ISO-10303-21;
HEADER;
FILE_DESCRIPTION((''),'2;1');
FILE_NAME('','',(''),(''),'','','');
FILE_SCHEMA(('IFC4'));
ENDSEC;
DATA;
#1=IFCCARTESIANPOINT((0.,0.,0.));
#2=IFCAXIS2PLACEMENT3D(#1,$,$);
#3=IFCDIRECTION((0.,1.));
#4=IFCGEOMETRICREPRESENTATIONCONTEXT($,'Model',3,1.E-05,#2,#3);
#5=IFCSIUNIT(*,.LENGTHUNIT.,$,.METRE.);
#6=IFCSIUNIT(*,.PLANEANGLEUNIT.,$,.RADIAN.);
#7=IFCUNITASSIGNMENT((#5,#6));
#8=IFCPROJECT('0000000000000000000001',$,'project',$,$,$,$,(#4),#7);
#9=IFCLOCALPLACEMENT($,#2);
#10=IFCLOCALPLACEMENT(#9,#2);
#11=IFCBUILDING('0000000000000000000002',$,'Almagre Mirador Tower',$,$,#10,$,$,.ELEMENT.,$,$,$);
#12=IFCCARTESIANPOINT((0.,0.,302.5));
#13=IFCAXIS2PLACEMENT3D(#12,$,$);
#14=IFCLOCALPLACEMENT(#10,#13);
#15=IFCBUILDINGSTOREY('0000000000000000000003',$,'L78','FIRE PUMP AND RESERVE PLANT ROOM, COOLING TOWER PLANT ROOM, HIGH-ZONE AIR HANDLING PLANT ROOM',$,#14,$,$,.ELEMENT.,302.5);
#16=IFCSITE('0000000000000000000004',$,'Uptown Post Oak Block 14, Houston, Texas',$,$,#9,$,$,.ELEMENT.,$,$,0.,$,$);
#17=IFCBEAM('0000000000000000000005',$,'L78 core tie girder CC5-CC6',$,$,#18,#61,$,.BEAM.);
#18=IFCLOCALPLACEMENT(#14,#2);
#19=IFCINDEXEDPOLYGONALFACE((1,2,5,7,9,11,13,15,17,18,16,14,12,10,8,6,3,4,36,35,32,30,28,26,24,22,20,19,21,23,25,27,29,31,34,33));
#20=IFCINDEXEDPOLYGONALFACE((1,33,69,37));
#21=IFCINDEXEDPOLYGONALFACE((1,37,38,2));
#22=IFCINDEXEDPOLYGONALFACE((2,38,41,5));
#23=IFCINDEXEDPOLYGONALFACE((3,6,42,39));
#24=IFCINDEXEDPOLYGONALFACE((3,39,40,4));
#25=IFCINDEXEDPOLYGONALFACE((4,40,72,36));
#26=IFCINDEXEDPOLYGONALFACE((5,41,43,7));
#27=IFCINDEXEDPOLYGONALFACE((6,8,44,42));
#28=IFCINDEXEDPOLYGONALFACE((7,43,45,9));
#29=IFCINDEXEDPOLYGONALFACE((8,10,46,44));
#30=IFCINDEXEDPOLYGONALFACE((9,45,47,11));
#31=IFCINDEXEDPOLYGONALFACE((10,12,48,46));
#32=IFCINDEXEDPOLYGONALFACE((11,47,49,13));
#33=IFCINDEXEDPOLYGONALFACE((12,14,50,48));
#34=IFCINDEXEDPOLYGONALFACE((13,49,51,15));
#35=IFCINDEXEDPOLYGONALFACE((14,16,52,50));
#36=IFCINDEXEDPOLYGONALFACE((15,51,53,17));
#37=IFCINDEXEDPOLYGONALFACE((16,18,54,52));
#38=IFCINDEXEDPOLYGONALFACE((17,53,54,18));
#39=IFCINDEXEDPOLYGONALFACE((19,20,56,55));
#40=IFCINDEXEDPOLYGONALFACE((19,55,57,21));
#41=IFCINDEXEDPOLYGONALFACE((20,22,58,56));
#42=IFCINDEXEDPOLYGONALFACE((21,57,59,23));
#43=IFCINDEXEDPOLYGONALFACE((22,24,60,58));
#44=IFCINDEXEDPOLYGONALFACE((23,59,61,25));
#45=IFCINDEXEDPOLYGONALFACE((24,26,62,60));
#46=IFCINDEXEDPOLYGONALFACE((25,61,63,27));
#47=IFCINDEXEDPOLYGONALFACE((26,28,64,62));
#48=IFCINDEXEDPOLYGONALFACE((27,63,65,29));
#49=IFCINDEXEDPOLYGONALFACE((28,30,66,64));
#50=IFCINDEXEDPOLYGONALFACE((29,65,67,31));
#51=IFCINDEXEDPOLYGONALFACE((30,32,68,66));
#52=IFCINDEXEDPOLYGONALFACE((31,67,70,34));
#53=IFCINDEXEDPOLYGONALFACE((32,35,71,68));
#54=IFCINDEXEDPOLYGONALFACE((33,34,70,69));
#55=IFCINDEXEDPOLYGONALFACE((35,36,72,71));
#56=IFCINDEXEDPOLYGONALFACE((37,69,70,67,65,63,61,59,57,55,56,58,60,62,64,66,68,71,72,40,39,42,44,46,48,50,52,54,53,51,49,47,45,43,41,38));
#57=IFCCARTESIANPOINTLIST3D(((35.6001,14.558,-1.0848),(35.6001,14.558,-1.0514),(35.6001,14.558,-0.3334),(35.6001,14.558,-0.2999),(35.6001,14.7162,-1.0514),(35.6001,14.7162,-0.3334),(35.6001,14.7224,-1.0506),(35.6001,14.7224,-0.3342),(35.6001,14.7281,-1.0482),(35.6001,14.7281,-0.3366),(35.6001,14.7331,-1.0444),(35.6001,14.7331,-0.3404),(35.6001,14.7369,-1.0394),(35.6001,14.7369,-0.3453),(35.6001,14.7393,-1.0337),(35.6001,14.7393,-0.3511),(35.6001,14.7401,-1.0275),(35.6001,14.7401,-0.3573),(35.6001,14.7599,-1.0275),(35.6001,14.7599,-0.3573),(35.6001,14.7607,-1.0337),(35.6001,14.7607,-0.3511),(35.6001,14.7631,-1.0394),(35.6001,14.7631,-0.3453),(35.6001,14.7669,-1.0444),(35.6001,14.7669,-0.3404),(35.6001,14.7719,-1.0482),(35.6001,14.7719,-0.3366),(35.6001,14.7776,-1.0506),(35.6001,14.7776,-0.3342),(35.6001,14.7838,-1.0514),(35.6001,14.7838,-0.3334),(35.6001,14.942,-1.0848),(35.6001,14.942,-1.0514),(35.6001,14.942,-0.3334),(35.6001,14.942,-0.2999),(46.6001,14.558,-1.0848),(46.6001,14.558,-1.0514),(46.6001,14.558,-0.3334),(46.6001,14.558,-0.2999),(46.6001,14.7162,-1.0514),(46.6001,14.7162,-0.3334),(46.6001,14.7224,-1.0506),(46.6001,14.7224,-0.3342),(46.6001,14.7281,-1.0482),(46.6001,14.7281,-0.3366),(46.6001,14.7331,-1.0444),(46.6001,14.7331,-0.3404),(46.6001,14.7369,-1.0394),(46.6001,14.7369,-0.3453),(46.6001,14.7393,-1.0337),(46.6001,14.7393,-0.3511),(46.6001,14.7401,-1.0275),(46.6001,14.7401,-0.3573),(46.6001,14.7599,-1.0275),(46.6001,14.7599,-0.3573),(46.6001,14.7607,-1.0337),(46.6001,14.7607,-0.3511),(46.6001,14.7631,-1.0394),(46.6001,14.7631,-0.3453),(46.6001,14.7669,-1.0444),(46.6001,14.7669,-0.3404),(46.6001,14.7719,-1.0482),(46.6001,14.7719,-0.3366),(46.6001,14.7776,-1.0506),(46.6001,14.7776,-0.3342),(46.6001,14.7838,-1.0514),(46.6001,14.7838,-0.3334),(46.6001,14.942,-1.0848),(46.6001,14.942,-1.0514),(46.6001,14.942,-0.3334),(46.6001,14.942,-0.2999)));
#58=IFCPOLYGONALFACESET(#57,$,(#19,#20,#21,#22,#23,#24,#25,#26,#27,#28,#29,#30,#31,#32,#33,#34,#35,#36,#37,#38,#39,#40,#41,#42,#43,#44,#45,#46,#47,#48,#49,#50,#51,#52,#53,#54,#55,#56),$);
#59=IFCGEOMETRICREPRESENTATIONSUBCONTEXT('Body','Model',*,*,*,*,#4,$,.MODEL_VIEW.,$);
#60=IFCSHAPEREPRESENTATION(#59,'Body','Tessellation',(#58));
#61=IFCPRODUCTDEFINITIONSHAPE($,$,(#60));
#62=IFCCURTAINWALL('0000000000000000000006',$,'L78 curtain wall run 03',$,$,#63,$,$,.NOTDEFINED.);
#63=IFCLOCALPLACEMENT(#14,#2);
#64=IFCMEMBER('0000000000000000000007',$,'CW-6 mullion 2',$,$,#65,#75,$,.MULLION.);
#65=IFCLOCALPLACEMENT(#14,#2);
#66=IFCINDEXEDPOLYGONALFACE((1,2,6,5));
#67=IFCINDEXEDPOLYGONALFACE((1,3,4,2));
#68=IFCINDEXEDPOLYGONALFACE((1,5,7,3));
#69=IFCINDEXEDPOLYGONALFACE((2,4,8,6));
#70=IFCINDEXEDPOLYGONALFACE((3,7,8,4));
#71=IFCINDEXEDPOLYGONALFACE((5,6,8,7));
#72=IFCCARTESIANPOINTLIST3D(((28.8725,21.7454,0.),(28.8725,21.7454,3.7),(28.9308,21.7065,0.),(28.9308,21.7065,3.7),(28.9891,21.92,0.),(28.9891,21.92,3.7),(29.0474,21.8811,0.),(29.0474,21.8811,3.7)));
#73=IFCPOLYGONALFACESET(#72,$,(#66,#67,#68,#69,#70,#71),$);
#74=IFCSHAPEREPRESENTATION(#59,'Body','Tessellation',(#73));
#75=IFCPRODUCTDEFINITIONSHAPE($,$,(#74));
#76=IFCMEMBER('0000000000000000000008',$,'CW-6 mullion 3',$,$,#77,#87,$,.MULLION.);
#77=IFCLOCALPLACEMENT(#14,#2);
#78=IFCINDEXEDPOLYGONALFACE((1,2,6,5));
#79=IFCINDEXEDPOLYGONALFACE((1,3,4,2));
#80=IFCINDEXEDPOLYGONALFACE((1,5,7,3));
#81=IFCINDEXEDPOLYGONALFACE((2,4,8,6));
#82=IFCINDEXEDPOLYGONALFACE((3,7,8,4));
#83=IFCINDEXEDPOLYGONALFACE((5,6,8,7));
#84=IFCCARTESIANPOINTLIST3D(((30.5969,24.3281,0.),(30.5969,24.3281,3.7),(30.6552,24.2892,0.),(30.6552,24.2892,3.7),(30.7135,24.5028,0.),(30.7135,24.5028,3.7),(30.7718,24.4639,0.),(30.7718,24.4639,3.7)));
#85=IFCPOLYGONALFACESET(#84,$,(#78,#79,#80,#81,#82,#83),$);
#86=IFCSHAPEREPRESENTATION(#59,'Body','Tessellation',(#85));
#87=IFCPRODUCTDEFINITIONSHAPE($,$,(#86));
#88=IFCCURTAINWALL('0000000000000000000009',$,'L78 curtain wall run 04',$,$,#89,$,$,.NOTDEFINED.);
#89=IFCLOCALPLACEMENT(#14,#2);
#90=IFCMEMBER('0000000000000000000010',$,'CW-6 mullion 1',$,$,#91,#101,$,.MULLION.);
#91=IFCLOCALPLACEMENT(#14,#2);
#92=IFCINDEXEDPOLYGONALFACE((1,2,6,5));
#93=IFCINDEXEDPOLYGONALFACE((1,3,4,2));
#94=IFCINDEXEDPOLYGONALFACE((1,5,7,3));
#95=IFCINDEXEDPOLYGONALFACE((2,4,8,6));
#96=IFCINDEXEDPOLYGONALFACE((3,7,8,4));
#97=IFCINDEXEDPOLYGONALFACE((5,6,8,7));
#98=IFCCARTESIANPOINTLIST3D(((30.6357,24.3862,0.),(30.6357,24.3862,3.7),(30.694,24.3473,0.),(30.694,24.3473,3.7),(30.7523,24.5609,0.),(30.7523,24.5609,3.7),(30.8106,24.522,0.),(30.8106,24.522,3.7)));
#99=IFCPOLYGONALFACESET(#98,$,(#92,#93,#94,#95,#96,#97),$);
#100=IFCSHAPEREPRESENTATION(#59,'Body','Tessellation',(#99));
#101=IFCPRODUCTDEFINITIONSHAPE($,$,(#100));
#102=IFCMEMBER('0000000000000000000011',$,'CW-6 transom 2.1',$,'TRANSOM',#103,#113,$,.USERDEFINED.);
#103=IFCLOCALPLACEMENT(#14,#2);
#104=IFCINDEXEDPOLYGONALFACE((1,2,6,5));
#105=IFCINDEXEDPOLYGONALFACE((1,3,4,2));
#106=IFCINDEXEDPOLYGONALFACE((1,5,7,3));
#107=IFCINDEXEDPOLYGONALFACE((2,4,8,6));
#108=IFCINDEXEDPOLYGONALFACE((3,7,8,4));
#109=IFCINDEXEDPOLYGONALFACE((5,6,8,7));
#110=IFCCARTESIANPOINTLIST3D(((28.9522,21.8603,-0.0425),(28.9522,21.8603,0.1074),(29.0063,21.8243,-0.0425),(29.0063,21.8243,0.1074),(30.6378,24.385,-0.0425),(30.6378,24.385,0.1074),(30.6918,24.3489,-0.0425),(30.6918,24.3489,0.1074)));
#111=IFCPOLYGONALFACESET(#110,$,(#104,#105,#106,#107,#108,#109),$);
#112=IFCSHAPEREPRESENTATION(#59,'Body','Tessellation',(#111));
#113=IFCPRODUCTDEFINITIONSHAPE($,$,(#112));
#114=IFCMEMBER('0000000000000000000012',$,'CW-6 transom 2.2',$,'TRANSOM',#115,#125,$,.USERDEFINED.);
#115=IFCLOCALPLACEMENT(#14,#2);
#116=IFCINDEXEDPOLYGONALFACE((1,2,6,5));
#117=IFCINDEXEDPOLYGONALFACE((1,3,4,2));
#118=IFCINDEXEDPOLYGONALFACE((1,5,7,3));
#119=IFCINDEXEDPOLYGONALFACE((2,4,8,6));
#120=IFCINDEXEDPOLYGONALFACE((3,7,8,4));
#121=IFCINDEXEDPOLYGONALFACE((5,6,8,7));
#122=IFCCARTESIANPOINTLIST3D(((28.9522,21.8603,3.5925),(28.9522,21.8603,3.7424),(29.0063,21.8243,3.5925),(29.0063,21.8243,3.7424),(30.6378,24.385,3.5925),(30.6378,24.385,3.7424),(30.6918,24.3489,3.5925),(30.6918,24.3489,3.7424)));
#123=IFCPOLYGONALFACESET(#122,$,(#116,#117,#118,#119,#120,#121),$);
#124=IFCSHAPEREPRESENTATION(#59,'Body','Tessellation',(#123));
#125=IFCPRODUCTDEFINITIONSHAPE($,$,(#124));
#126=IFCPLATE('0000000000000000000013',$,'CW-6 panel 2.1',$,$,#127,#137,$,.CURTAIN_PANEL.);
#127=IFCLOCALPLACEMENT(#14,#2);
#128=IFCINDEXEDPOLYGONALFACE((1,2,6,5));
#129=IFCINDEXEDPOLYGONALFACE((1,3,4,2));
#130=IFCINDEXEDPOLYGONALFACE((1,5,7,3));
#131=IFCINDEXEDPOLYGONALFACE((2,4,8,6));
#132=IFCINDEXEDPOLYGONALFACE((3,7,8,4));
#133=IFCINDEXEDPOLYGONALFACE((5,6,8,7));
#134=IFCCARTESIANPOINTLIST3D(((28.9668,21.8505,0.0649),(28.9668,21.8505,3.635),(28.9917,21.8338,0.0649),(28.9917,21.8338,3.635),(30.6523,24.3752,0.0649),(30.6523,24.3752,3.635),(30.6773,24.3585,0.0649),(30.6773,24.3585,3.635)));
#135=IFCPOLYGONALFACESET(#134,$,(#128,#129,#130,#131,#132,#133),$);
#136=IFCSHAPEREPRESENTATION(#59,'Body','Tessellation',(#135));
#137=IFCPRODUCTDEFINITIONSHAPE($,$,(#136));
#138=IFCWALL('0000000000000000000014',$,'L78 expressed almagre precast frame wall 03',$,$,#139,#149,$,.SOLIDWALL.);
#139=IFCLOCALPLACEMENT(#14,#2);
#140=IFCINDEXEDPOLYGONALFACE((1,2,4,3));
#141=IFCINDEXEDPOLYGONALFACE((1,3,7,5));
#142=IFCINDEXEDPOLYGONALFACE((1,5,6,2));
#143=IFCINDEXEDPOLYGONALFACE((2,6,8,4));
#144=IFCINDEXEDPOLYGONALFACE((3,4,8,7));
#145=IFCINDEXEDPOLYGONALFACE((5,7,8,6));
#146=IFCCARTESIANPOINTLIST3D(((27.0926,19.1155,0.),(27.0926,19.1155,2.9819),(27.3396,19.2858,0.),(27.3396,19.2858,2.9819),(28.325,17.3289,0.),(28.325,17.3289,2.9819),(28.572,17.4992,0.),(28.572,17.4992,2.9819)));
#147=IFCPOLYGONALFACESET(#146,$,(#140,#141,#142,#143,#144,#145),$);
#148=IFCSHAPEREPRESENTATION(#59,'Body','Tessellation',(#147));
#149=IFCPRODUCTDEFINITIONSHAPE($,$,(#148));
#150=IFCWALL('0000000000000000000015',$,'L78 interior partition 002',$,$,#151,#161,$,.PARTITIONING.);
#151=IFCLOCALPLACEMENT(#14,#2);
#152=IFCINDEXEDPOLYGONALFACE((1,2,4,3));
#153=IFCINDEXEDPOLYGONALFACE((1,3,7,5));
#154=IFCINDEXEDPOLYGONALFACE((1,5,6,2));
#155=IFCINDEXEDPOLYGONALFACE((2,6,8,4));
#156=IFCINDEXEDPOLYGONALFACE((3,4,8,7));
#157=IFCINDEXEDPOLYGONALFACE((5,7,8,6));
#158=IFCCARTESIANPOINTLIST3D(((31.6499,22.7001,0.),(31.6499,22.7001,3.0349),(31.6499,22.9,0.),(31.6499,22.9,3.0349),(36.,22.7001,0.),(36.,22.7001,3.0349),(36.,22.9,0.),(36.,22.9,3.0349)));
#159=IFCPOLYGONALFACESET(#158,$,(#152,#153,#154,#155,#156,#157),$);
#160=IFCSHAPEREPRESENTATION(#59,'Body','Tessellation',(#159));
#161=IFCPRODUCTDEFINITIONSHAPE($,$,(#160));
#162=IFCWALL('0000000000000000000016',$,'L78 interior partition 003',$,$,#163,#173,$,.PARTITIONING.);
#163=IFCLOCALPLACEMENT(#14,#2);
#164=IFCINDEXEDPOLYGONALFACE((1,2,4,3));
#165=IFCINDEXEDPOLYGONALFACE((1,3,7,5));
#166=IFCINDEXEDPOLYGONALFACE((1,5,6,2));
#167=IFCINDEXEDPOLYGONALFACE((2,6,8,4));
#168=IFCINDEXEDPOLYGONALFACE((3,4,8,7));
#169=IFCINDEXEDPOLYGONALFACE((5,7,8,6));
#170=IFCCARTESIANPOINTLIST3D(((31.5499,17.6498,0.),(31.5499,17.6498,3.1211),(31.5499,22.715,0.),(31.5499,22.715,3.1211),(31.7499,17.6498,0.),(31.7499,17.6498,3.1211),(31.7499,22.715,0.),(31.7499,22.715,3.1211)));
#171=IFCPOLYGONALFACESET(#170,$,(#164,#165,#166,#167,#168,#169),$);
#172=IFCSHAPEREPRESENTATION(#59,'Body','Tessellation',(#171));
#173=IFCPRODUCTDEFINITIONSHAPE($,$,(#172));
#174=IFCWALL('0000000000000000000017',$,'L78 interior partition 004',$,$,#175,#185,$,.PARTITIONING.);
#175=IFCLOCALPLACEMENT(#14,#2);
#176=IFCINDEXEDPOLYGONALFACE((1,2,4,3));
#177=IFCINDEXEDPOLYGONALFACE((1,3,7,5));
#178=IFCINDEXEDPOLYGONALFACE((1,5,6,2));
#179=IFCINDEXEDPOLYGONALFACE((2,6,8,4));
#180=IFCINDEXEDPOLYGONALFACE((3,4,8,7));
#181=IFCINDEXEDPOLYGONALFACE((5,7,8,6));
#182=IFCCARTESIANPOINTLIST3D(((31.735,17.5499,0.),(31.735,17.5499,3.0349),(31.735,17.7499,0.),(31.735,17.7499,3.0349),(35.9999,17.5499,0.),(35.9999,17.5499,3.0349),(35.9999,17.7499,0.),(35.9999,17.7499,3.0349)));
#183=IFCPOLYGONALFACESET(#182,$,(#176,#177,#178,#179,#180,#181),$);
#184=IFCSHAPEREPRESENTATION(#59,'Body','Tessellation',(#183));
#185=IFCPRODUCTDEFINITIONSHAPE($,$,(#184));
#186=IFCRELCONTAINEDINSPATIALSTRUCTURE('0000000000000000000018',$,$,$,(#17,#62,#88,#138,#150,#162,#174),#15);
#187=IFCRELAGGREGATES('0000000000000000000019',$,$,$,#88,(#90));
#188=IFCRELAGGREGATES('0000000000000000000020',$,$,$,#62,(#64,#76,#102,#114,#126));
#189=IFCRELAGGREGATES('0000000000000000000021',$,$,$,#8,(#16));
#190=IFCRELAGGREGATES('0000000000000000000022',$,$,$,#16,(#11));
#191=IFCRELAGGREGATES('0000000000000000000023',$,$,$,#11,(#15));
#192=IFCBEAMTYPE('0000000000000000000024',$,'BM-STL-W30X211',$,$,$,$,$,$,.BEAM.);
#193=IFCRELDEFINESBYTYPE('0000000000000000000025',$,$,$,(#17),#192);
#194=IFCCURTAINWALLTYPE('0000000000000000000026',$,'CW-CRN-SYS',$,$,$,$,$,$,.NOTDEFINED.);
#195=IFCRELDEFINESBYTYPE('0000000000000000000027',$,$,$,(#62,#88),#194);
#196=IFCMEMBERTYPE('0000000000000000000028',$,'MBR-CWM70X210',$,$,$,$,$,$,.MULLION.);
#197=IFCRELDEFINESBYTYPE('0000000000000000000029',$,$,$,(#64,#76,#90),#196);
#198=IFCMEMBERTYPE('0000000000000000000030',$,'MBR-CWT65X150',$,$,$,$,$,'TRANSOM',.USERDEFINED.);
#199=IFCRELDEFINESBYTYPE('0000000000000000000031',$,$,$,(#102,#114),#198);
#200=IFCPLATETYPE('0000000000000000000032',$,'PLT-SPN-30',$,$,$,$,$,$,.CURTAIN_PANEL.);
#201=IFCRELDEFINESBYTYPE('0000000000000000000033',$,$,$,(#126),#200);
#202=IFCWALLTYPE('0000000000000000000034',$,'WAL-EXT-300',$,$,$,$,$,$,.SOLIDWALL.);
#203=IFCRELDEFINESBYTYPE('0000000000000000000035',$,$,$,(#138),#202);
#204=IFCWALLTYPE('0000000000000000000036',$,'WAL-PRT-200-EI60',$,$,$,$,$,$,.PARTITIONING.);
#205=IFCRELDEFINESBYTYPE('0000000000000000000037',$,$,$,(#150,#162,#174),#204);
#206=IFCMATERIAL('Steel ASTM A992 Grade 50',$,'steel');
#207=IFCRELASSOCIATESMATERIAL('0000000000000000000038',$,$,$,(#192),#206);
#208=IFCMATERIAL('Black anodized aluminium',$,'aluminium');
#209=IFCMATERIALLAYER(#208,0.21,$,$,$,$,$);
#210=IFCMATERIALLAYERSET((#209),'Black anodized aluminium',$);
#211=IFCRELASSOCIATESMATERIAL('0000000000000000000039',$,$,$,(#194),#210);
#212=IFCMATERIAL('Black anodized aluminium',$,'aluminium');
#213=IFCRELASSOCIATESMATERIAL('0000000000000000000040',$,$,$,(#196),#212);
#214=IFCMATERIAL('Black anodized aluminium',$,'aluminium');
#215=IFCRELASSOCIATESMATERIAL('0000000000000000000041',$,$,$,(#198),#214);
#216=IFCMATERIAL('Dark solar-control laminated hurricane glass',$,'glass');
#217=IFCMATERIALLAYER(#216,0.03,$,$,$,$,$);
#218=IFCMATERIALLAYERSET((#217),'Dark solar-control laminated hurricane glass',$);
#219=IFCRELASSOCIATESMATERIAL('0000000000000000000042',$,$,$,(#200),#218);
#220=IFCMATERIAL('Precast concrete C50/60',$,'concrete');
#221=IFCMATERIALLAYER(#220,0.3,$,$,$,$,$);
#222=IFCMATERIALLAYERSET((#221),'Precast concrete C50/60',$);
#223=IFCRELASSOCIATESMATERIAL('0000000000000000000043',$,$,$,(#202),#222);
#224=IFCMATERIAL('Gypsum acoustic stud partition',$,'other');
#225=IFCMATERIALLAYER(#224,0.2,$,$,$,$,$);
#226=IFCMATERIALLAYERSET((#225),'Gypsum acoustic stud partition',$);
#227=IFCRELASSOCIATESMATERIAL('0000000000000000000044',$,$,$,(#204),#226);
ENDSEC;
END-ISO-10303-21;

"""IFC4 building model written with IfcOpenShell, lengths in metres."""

from ifc_helpers import new_model, si_unit, direction, frame, frame_2d, origin, origin_2d, place, context, subcontext, project, spatial, rectangle, i_section, extrude, material, layer, layer_set, material_profile, profile_set, type_object, element, aggregate, save


model = new_model("IFC4")

# Units and contexts
model_context = context("Model", 3, precision=1e-05, world=origin(), true_north=direction((0.0, 1.0)))
body_context = subcontext(model_context, "Body", "Model", "MODEL_VIEW")
ifc_project = project(units=[si_unit("LENGTHUNIT", "METRE"), si_unit("PLANEANGLEUNIT", "RADIAN")], contexts=[model_context])

# Site, building, storey
site_placement = place(None, origin())
site = spatial("IfcSite", under=ifc_project, at=site_placement, Name="Uptown Post Oak Block 14, Houston, Texas", CompositionType="ELEMENT", RefElevation=0.0)
building_placement = place(site_placement, origin())
building = spatial("IfcBuilding", under=site, at=building_placement, Name="Almagre Mirador Tower", CompositionType="ELEMENT")
storey_placement = place(building_placement, frame((0.0, 0.0, 302.5)))
storey = spatial("IfcBuildingStorey", under=building, at=storey_placement, Name="L78", Description="FIRE PUMP AND RESERVE PLANT ROOM, COOLING TOWER PLANT ROOM, HIGH-ZONE AIR HANDLING PLANT ROOM", CompositionType="ELEMENT", Elevation=302.5)

# Beam
ifc_material_1 = material(Name="Steel ASTM A992 Grade 50", Category="steel")
ifc_material_profile_1 = material_profile(ifc_material_1, i_section(OverallWidth=0.384, OverallDepth=0.7849, WebThickness=0.0198, FlangeThickness=0.0334, FilletRadius=0.0239, at=origin_2d()), Name="W30X211")
ifc_profile_set_1 = profile_set([ifc_material_profile_1], Name="Steel ASTM A992 Grade 50")
beam_type_1 = type_object("IfcBeamType", Name="BM-STL-W30X211", PredefinedType="BEAM", material=ifc_profile_set_1)
beam_1_placement = place(storey_placement, frame((35.6001, 14.75, -0.6924), z_axis=(1.0, 0.0, 0.0), x_axis=(0.0, 1.0, 0.0)))
element("IfcBeam", 1, at=beam_1_placement, inside=storey, type_object=beam_type_1, Name="L78 core tie girder CC5-CC6", PredefinedType="BEAM", context=body_context, shape_type="SweptSolid", body=[
    extrude(i_section(OverallWidth=0.384, OverallDepth=0.7849, WebThickness=0.0198, FlangeThickness=0.0334, FilletRadius=0.0239, at=origin_2d()), origin(), (0.0, 0.0, 1.0), 11.0),
])

# Curtain wall, members
ifc_material_2 = material(Name="Black anodized aluminium", Category="aluminium")
ifc_layer_1 = layer(ifc_material_2, 0.21)
ifc_layer_set_1 = layer_set([ifc_layer_1], Name="Black anodized aluminium")
curtain_wall_type = type_object("IfcCurtainWallType", Name="CW-CRN-SYS", PredefinedType="NOTDEFINED", material=ifc_layer_set_1)
curtain_wall_1_placement = place(storey_placement, origin())
curtain_wall_1 = element("IfcCurtainWall", 2, at=curtain_wall_1_placement, inside=storey, type_object=curtain_wall_type, Name="L78 curtain wall run 03", PredefinedType="NOTDEFINED")
ifc_material_3 = material(Name="Black anodized aluminium", Category="aluminium")
ifc_material_profile_2 = material_profile(ifc_material_3, rectangle(XDim=0.0701, YDim=0.21, at=origin_2d()), Name="CWM70X210")
ifc_profile_set_2 = profile_set([ifc_material_profile_2], Name="Black anodized aluminium")
member_type_1 = type_object("IfcMemberType", Name="MBR-CWM70X210", PredefinedType="MULLION", material=ifc_profile_set_2)
member_1_placement = place(storey_placement, frame((28.96, 21.8132, 0.0), z_axis=(0.0, 0.0, 1.0), x_axis=(-0.831683, 0.555251, 0.0)))
member_1 = element("IfcMember", 3, at=member_1_placement, type_object=member_type_1, Name="CW-6 mullion 2", PredefinedType="MULLION", context=body_context, shape_type="SweptSolid", body=[
    extrude(rectangle(XDim=0.0701, YDim=0.21, at=origin_2d()), origin(), (0.0, 0.0, 1.0), 3.7),
])
member_2_placement = place(storey_placement, frame((30.6843, 24.396, 0.0), z_axis=(0.0, 0.0, 1.0), x_axis=(-0.831683, 0.555251, 0.0)))
member_2 = element("IfcMember", 4, at=member_2_placement, type_object=member_type_1, Name="CW-6 mullion 3", PredefinedType="MULLION", context=body_context, shape_type="SweptSolid", body=[
    extrude(rectangle(XDim=0.0701, YDim=0.21, at=origin_2d()), origin(), (0.0, 0.0, 1.0), 3.7),
])

# Curtain wall, member
curtain_wall_2_placement = place(storey_placement, origin())
curtain_wall_2 = element("IfcCurtainWall", 5, at=curtain_wall_2_placement, inside=storey, type_object=curtain_wall_type, Name="L78 curtain wall run 04", PredefinedType="NOTDEFINED")
member_3_placement = place(storey_placement, frame((30.7231, 24.4541, 0.0), z_axis=(0.0, 0.0, 1.0), x_axis=(-0.831678, 0.555259, 0.0)))
member_3 = element("IfcMember", 6, at=member_3_placement, type_object=member_type_1, Name="CW-6 mullion 1", PredefinedType="MULLION", context=body_context, shape_type="SweptSolid", body=[
    extrude(rectangle(XDim=0.0701, YDim=0.21, at=origin_2d()), origin(), (0.0, 0.0, 1.0), 3.7),
])
aggregate(curtain_wall_2, [member_3])

# Members
ifc_material_4 = material(Name="Black anodized aluminium", Category="aluminium")
ifc_material_profile_3 = material_profile(ifc_material_4, rectangle(XDim=0.0649, YDim=0.1499, at=origin_2d()), Name="CWT65X150")
ifc_profile_set_3 = profile_set([ifc_material_profile_3], Name="Black anodized aluminium")
member_type_2 = type_object("IfcMemberType", Name="MBR-CWT65X150", ElementType="TRANSOM", PredefinedType="USERDEFINED", material=ifc_profile_set_3)
member_4_placement = place(storey_placement, frame((28.9792, 21.8423, 0.0325), z_axis=(0.555257, 0.831679, 0.0), x_axis=(-0.831679, 0.555257, 0.0)))
member_4 = element("IfcMember", 7, at=member_4_placement, type_object=member_type_2, Name="CW-6 transom 2.1", ObjectType="TRANSOM", PredefinedType="USERDEFINED", context=body_context, shape_type="SweptSolid", body=[
    extrude(rectangle(XDim=0.0649, YDim=0.1499, at=origin_2d()), origin(), (0.0, 0.0, 1.0), 3.0356),
])
member_5_placement = place(storey_placement, frame((28.9792, 21.8423, 3.6675), z_axis=(0.555257, 0.831679, 0.0), x_axis=(-0.831679, 0.555257, 0.0)))
member_5 = element("IfcMember", 8, at=member_5_placement, type_object=member_type_2, Name="CW-6 transom 2.2", ObjectType="TRANSOM", PredefinedType="USERDEFINED", context=body_context, shape_type="SweptSolid", body=[
    extrude(rectangle(XDim=0.0649, YDim=0.1499, at=origin_2d()), origin(), (0.0, 0.0, 1.0), 3.0356),
])

# Plate
ifc_material_5 = material(Name="Dark solar-control laminated hurricane glass", Category="glass")
ifc_layer_2 = layer(ifc_material_5, 0.03)
ifc_layer_set_2 = layer_set([ifc_layer_2], Name="Dark solar-control laminated hurricane glass")
plate_type = type_object("IfcPlateType", Name="PLT-SPN-30", PredefinedType="CURTAIN_PANEL", material=ifc_layer_set_2)
plate_placement = place(storey_placement, frame((29.822, 23.1045, 0.0649), z_axis=(0.0, 0.0, 1.0), x_axis=(0.555251, 0.831683, 0.0)))
plate = element("IfcPlate", 9, at=plate_placement, type_object=plate_type, Name="CW-6 panel 2.1", PredefinedType="CURTAIN_PANEL", context=body_context, shape_type="SweptSolid", body=[
    extrude(rectangle(XDim=3.0356, YDim=0.03, at=origin_2d()), origin(), (0.0, 0.0, 1.0), 3.5701),
])
aggregate(curtain_wall_1, [member_1, member_2, member_4, member_5, plate])

# Walls
ifc_material_6 = material(Name="Precast concrete C50/60", Category="concrete")
ifc_layer_3 = layer(ifc_material_6, 0.3)
ifc_layer_set_3 = layer_set([ifc_layer_3], Name="Precast concrete C50/60")
wall_type_1 = type_object("IfcWallType", Name="WAL-EXT-300", PredefinedType="SOLIDWALL", material=ifc_layer_set_3)
wall_1_placement = place(storey_placement, frame((28.4485, 17.4141, 0.0), z_axis=(0.0, 0.0, 1.0), x_axis=(-0.567817, 0.823155, 0.0)))
element("IfcWall", 10, at=wall_1_placement, inside=storey, type_object=wall_type_1, Name="L78 expressed almagre precast frame wall 03", PredefinedType="SOLIDWALL", context=body_context, shape_type="SweptSolid", body=[
    extrude(rectangle(XDim=2.1704, YDim=0.3, at=frame_2d((1.0852, 0.0))), origin(), (0.0, 0.0, 1.0), 2.9819),
])
ifc_material_7 = material(Name="Gypsum acoustic stud partition", Category="other")
ifc_layer_4 = layer(ifc_material_7, 0.2)
ifc_layer_set_4 = layer_set([ifc_layer_4], Name="Gypsum acoustic stud partition")
wall_type_2 = type_object("IfcWallType", Name="WAL-PRT-200-EI60", PredefinedType="PARTITIONING", material=ifc_layer_set_4)
wall_2_placement = place(storey_placement, frame((36.0, 22.8, 0.0), z_axis=(0.0, 0.0, 1.0), x_axis=(-1.0, 0.0, 0.0)))
element("IfcWall", 11, at=wall_2_placement, inside=storey, type_object=wall_type_2, Name="L78 interior partition 002", PredefinedType="PARTITIONING", context=body_context, shape_type="SweptSolid", body=[
    extrude(rectangle(XDim=4.3501, YDim=0.2, at=frame_2d((2.175, 0.0))), origin(), (0.0, 0.0, 1.0), 3.0349),
])
wall_3_placement = place(storey_placement, frame((31.6499, 22.7151, 0.0), z_axis=(0.0, 0.0, 1.0), x_axis=(0.0, -1.0, 0.0)))
element("IfcWall", 12, at=wall_3_placement, inside=storey, type_object=wall_type_2, Name="L78 interior partition 003", PredefinedType="PARTITIONING", context=body_context, shape_type="SweptSolid", body=[
    extrude(rectangle(XDim=5.0652, YDim=0.2, at=frame_2d((2.5327, 0.0))), origin(), (0.0, 0.0, 1.0), 3.1211),
])
wall_4_placement = place(storey_placement, frame((31.7351, 17.6499, 0.0), z_axis=(0.0, 0.0, 1.0), x_axis=(1.0, 0.0, 0.0)))
element("IfcWall", 13, at=wall_4_placement, inside=storey, type_object=wall_type_2, Name="L78 interior partition 004", PredefinedType="PARTITIONING", context=body_context, shape_type="SweptSolid", body=[
    extrude(rectangle(XDim=4.2649, YDim=0.2, at=frame_2d((2.1323, 0.0))), origin(), (0.0, 0.0, 1.0), 3.0349),
])

save(model, "model.ifc")
